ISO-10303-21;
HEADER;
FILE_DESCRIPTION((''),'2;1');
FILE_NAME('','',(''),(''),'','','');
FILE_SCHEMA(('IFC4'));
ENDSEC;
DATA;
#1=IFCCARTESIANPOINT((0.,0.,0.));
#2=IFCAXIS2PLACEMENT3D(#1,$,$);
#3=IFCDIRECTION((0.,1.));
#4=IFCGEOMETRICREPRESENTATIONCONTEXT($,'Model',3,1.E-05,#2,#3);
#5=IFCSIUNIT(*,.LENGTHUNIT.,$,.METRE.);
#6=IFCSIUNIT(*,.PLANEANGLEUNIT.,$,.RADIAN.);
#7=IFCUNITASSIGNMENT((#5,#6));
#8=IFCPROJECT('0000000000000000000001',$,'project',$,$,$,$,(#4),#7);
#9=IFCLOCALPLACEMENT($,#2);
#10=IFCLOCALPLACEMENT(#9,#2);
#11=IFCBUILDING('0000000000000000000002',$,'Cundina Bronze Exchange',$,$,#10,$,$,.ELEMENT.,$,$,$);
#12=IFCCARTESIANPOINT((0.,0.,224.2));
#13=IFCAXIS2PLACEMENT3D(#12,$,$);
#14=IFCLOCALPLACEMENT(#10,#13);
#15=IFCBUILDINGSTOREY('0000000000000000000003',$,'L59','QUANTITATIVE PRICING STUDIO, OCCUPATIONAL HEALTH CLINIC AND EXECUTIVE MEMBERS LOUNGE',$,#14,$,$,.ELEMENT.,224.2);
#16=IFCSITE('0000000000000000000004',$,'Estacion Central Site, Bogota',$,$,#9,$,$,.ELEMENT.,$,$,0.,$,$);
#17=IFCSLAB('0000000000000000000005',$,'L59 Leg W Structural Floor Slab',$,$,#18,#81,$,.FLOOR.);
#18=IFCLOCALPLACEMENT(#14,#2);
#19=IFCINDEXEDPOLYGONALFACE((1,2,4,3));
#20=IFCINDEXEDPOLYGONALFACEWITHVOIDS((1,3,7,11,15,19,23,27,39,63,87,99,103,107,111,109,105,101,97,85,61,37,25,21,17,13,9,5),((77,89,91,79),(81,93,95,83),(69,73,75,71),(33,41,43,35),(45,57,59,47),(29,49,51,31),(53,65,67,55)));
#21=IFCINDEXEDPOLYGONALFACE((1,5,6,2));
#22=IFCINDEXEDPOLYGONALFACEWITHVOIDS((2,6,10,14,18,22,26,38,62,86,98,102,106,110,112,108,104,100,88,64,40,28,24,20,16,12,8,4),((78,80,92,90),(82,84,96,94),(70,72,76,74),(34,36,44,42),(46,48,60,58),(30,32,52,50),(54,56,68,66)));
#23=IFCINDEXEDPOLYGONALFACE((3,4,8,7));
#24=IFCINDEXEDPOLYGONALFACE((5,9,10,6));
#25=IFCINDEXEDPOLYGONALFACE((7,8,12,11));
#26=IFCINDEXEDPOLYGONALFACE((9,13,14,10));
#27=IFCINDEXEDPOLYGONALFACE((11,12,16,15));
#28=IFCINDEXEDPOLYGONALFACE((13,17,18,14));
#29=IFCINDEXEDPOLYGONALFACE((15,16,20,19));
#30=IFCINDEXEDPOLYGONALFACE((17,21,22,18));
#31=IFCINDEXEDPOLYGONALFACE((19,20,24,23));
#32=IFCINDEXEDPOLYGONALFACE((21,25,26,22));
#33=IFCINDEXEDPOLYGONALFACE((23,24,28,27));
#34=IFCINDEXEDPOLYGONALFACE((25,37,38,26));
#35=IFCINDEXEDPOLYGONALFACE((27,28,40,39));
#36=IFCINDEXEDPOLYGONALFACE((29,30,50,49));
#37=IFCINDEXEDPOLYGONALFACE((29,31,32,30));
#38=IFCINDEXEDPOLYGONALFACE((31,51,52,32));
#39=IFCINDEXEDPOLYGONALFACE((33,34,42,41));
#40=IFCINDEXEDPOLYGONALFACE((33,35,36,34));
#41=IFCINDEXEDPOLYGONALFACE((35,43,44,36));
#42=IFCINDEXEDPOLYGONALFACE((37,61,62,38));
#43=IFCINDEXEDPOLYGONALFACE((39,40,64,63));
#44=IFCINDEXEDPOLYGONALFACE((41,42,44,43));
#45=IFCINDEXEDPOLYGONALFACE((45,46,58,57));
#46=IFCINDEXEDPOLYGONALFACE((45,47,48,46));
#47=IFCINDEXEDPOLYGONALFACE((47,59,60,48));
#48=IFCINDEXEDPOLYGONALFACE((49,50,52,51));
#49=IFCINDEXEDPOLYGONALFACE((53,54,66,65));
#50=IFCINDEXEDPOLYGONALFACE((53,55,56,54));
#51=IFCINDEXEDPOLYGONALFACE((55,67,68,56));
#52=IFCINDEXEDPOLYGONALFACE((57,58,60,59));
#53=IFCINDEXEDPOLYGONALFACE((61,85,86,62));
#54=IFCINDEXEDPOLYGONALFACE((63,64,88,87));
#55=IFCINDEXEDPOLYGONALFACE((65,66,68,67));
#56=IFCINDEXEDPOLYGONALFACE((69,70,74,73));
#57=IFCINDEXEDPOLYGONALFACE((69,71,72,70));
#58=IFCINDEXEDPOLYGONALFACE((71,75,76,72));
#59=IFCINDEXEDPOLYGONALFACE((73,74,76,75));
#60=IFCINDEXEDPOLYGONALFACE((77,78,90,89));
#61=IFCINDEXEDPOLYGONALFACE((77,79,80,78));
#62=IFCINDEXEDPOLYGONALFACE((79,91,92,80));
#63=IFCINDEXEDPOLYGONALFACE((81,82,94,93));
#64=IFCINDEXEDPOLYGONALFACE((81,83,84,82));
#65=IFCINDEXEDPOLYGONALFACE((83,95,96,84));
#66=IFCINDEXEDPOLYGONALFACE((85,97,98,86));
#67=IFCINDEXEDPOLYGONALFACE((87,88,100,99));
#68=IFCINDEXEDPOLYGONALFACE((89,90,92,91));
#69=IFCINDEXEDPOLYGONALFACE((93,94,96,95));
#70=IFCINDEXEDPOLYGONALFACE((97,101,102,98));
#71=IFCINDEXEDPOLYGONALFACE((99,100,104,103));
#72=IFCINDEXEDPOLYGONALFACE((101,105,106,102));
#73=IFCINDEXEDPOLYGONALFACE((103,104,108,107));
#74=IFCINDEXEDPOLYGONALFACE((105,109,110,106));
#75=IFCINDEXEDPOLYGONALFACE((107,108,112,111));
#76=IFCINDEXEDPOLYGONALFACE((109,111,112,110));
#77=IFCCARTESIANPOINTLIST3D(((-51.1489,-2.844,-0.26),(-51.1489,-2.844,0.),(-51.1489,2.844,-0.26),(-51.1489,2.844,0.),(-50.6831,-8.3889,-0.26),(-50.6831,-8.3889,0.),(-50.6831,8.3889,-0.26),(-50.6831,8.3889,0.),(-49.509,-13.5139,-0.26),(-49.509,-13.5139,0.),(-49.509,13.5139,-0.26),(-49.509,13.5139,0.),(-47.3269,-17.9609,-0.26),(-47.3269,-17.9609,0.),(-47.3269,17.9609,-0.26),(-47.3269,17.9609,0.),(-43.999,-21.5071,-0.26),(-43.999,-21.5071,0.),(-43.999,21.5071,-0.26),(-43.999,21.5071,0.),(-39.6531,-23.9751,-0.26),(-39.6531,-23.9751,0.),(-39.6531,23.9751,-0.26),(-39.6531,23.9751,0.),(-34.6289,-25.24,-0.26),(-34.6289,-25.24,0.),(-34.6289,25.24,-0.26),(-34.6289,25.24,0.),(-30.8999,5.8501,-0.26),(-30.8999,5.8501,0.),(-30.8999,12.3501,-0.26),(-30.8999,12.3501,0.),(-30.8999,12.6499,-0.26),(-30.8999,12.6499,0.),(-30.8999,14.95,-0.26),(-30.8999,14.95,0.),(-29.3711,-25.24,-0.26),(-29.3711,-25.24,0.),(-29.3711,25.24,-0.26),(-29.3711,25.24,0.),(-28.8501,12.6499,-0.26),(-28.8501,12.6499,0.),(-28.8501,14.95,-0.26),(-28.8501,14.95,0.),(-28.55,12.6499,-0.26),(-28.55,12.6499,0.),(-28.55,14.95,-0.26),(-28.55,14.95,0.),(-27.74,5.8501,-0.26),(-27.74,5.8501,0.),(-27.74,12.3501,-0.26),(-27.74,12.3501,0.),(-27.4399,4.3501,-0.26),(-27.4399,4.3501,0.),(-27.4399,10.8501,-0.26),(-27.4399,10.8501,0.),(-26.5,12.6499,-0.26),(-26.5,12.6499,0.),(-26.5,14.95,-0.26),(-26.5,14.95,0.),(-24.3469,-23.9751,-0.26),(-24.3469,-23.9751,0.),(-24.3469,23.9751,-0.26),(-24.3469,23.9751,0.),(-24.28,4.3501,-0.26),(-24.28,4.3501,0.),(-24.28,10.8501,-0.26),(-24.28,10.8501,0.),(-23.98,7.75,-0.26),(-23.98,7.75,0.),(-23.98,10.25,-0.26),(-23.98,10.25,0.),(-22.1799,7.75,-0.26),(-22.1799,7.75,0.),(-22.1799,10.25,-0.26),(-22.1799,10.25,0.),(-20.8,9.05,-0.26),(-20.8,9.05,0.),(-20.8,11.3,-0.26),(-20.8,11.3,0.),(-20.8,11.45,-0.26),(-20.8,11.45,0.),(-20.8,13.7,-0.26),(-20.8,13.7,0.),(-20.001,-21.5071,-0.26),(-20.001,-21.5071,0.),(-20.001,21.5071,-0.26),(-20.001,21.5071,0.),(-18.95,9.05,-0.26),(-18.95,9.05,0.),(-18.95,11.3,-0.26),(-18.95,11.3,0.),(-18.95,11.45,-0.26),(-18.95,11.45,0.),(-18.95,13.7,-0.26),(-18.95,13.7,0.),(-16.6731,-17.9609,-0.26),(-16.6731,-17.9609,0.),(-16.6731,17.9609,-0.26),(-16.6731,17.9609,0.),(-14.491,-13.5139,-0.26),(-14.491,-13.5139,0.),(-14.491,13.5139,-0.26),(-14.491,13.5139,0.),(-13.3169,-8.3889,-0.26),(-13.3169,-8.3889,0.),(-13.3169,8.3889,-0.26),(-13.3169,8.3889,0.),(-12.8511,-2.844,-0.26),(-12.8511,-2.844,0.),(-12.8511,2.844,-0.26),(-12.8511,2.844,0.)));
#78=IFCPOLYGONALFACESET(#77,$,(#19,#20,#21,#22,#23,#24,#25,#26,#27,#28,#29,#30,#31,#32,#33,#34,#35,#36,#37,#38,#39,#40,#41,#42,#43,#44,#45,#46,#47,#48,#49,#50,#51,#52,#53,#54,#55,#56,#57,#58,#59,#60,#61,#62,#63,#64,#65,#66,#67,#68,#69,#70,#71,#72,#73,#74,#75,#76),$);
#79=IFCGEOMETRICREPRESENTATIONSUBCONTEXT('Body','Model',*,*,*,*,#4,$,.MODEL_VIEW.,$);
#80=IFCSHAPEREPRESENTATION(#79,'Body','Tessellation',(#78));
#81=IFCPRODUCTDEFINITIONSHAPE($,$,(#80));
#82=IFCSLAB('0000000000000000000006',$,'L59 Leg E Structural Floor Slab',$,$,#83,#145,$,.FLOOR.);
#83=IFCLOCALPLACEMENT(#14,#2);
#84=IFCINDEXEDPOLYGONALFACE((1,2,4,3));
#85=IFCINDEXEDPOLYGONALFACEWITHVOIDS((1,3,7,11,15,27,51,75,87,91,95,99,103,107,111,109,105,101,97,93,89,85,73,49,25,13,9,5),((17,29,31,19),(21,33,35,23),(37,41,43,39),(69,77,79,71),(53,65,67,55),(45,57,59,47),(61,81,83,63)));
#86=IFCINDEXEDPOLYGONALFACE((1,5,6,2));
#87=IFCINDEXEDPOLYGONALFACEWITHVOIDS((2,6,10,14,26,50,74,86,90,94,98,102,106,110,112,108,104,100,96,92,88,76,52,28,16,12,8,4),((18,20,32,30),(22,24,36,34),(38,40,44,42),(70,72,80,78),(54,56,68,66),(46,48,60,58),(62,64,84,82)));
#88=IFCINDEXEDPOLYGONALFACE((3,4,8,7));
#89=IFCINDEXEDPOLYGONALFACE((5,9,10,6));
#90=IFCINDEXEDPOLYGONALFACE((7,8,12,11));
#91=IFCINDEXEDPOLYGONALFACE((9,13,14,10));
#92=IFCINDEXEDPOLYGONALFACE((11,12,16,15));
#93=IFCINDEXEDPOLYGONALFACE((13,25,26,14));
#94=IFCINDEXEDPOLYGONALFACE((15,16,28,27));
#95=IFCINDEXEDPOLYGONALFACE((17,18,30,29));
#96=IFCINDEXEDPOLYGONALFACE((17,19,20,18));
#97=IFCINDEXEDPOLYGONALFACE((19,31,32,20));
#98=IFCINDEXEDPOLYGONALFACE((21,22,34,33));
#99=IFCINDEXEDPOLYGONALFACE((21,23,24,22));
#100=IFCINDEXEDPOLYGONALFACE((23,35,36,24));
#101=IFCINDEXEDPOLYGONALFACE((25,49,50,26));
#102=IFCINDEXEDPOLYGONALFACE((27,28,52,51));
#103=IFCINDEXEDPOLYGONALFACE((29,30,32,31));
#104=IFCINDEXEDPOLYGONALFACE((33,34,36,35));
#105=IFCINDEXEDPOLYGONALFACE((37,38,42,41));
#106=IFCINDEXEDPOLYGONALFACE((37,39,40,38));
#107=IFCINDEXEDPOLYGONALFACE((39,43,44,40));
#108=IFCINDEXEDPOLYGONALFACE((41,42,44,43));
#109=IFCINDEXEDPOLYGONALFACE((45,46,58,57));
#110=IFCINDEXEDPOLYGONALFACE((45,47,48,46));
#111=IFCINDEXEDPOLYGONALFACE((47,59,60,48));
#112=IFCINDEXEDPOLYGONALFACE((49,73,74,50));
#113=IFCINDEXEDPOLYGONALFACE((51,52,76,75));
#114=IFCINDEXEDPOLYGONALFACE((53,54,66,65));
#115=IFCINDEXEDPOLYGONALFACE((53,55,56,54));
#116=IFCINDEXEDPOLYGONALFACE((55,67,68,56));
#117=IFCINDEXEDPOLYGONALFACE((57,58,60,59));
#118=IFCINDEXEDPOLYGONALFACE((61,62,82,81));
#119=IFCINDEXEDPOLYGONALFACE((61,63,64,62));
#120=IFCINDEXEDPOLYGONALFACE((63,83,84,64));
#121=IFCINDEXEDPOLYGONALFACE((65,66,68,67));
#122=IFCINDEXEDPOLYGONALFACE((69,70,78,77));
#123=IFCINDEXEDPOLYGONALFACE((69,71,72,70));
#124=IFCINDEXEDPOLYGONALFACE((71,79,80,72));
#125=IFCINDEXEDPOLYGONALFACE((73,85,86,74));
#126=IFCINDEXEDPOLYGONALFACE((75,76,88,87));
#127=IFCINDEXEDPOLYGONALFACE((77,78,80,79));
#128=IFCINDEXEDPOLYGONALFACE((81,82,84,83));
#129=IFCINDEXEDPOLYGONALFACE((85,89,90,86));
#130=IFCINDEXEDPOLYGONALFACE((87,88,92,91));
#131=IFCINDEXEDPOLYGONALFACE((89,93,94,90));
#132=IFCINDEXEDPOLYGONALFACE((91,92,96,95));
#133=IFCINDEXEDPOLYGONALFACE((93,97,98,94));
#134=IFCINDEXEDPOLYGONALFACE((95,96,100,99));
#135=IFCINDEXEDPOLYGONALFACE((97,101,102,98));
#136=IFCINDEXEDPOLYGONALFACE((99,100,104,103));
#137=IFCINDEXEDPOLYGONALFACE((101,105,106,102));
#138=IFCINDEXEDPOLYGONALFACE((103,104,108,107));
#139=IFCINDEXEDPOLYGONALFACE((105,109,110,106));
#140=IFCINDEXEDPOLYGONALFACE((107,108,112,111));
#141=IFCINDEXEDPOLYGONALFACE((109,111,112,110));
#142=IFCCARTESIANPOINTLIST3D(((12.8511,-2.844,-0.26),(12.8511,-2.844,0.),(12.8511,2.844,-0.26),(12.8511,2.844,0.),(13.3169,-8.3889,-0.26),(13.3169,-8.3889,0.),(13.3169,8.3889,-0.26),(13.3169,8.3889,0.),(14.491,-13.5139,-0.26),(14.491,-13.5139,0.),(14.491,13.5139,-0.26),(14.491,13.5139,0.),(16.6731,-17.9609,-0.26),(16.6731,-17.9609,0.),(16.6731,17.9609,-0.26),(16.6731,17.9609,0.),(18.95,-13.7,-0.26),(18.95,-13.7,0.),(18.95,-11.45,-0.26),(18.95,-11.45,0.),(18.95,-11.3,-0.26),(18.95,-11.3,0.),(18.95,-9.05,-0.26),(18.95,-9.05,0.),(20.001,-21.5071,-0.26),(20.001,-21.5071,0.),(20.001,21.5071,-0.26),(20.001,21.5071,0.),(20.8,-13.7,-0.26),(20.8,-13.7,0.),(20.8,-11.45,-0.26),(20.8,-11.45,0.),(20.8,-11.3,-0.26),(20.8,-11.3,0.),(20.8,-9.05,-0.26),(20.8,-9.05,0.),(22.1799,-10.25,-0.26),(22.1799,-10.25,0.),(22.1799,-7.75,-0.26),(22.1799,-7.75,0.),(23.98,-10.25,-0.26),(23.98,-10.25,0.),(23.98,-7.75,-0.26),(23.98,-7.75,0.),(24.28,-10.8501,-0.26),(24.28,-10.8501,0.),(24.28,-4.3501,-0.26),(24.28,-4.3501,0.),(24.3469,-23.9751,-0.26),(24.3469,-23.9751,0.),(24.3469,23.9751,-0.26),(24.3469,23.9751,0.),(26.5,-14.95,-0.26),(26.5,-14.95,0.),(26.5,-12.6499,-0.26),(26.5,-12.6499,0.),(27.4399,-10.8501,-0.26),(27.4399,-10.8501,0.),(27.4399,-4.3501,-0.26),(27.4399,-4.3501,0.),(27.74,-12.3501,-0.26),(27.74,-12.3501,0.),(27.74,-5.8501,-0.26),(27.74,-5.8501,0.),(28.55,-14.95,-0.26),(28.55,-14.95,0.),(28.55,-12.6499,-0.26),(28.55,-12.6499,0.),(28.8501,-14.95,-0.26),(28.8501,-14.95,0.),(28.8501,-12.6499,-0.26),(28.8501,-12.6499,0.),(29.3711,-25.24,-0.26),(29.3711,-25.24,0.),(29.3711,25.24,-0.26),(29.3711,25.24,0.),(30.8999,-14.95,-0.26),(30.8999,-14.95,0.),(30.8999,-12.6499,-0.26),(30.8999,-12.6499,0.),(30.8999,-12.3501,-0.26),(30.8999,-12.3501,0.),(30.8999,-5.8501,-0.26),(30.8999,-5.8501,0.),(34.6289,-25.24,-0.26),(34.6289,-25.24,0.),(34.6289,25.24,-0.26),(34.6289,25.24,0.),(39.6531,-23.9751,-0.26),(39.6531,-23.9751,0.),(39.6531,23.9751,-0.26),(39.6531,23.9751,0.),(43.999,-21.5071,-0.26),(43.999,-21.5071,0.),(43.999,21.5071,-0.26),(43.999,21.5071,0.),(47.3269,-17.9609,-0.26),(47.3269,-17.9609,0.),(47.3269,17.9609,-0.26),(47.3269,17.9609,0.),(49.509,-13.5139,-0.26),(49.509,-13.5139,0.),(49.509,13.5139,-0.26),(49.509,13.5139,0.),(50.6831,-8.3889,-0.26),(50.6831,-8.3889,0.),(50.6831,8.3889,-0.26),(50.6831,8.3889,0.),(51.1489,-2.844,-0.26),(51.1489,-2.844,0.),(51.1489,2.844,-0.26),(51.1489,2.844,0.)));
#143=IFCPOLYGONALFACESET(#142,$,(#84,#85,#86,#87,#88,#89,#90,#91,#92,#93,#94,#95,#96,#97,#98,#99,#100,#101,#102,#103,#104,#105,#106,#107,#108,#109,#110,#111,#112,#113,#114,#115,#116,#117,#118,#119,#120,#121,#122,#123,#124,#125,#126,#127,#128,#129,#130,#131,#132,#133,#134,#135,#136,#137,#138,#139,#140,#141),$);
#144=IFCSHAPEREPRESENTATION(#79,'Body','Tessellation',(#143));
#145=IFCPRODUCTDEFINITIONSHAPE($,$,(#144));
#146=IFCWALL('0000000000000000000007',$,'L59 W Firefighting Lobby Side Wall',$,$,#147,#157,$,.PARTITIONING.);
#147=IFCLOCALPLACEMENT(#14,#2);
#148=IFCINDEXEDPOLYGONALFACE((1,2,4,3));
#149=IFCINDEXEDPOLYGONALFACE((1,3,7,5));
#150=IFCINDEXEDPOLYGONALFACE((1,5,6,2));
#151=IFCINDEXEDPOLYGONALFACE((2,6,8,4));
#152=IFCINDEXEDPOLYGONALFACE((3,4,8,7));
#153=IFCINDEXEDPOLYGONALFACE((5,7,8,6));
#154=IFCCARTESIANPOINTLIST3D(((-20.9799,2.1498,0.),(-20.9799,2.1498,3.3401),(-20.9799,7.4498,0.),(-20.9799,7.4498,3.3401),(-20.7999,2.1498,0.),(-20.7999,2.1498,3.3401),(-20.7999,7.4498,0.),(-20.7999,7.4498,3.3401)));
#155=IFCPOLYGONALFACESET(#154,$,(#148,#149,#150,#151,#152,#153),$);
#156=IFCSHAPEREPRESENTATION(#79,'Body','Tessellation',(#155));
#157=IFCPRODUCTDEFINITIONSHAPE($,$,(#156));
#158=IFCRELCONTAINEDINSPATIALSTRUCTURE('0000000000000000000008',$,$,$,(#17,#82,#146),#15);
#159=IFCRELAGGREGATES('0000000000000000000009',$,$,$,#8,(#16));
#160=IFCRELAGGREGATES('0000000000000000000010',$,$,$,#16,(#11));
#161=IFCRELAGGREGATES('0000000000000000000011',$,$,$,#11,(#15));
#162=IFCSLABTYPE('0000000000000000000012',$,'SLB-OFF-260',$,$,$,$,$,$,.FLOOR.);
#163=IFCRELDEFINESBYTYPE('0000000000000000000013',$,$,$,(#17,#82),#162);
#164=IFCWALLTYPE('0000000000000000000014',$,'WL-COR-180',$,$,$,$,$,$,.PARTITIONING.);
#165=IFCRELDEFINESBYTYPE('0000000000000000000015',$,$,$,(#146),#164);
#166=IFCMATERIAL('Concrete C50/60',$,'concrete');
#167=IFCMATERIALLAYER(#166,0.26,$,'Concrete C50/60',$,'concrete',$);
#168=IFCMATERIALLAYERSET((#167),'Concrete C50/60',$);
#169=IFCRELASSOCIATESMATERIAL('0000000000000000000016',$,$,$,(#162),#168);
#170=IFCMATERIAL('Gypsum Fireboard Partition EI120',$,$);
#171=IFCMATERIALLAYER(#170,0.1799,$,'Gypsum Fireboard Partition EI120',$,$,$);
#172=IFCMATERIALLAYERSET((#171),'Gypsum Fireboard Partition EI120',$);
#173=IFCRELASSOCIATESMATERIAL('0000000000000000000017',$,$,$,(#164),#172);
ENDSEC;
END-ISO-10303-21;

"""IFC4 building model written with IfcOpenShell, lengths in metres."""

from ifc_helpers import new_model, si_unit, direction, frame, frame_2d, origin, place, context, subcontext, project, spatial, polyline, rectangle, outline, extrude, material, layer, layer_set, type_object, element, save


model = new_model("IFC4")

# Units and contexts
model_context = context("Model", 3, precision=1e-05, world=origin(), true_north=direction((0.0, 1.0)))
body_context = subcontext(model_context, "Body", "Model", "MODEL_VIEW")
ifc_project = project(units=[si_unit("LENGTHUNIT", "METRE"), si_unit("PLANEANGLEUNIT", "RADIAN")], contexts=[model_context])

# Site, building, storey
site_placement = place(None, origin())
site = spatial("IfcSite", under=ifc_project, at=site_placement, Name="Estacion Central Site, Bogota", CompositionType="ELEMENT", RefElevation=0.0)
building_placement = place(site_placement, origin())
building = spatial("IfcBuilding", under=site, at=building_placement, Name="Cundina Bronze Exchange", CompositionType="ELEMENT")
storey_placement = place(building_placement, frame((0.0, 0.0, 224.2)))
storey = spatial("IfcBuildingStorey", under=building, at=storey_placement, Name="L59", Description="QUANTITATIVE PRICING STUDIO, OCCUPATIONAL HEALTH CLINIC AND EXECUTIVE MEMBERS LOUNGE", CompositionType="ELEMENT", Elevation=224.2)

# Shared definitions
ifc_material_1 = material(Name="Concrete C50/60", Category="concrete")

# Slabs
ifc_layer_1 = layer(ifc_material_1, 0.26, Name="Concrete C50/60", Category="concrete")
ifc_layer_set_1 = layer_set([ifc_layer_1], Name="Concrete C50/60")
slab_type = type_object("IfcSlabType", Name="SLB-OFF-260", PredefinedType="FLOOR", material=ifc_layer_set_1)
slab_1_placement = place(storey_placement, frame((0.0, 0.0, -0.26)))
element("IfcSlab", 1, at=slab_1_placement, inside=storey, type_object=slab_type, Name="L59 Leg W Structural Floor Slab", PredefinedType="FLOOR", context=body_context, shape_type="SweptSolid", body=[
    extrude(outline(polyline([(-12.8511, 2.844), (-13.3169, 8.3889), (-14.491, 13.5139), (-16.6731, 17.9609), (-20.001, 21.5071), (-24.3469, 23.9751), (-29.3711, 25.24), (-34.6289, 25.24), (-39.6531, 23.9751), (-43.999, 21.5071), (-47.3269, 17.9609), (-49.509, 13.5139), (-50.6831, 8.3889), (-51.1489, 2.844), (-51.1489, -2.844), (-50.6831, -8.3889), (-49.509, -13.5139), (-47.3269, -17.9609), (-43.999, -21.5071), (-39.6531, -23.9751), (-34.6289, -25.24), (-29.3711, -25.24), (-24.3469, -23.9751), (-20.001, -21.5071), (-16.6731, -17.9609), (-14.491, -13.5139), (-13.3169, -8.3889), (-12.8511, -2.844), (-12.8511, 2.844)]), holes=[polyline([(-27.74, 5.8501), (-27.74, 12.3501), (-30.8999, 12.3501), (-30.8999, 5.8501), (-27.74, 5.8501)]), polyline([(-27.4399, 10.8501), (-27.4399, 4.3501), (-24.28, 4.3501), (-24.28, 10.8501), (-27.4399, 10.8501)]), polyline([(-23.98, 10.25), (-22.1799, 10.25), (-22.1799, 7.75), (-23.98, 7.75), (-23.98, 10.25)]), polyline([(-30.8999, 14.95), (-28.8501, 14.95), (-28.8501, 12.6499), (-30.8999, 12.6499), (-30.8999, 14.95)]), polyline([(-28.55, 14.95), (-26.5, 14.95), (-26.5, 12.6499), (-28.55, 12.6499), (-28.55, 14.95)]), polyline([(-20.8, 13.7), (-18.95, 13.7), (-18.95, 11.45), (-20.8, 11.45), (-20.8, 13.7)]), polyline([(-20.8, 11.3), (-18.95, 11.3), (-18.95, 9.05), (-20.8, 9.05), (-20.8, 11.3)])]), origin(), (0.0, 0.0, 1.0), 0.26),
])
slab_2_placement = place(storey_placement, frame((0.0, 0.0, -0.26)))
element("IfcSlab", 2, at=slab_2_placement, inside=storey, type_object=slab_type, Name="L59 Leg E Structural Floor Slab", PredefinedType="FLOOR", context=body_context, shape_type="SweptSolid", body=[
    extrude(outline(polyline([(51.1489, 2.844), (50.6831, 8.3889), (49.509, 13.5139), (47.3269, 17.9609), (43.999, 21.5071), (39.6531, 23.9751), (34.6289, 25.24), (29.3711, 25.24), (24.3469, 23.9751), (20.001, 21.5071), (16.6731, 17.9609), (14.491, 13.5139), (13.3169, 8.3889), (12.8511, 2.844), (12.8511, -2.844), (13.3169, -8.3889), (14.491, -13.5139), (16.6731, -17.9609), (20.001, -21.5071), (24.3469, -23.9751), (29.3711, -25.24), (34.6289, -25.24), (39.6531, -23.9751), (43.999, -21.5071), (47.3269, -17.9609), (49.509, -13.5139), (50.6831, -8.3889), (51.1489, -2.844), (51.1489, 2.844)]), holes=[polyline([(27.74, -5.8501), (27.74, -12.3501), (30.8999, -12.3501), (30.8999, -5.8501), (27.74, -5.8501)]), polyline([(27.4399, -10.8501), (27.4399, -4.3501), (24.28, -4.3501), (24.28, -10.8501), (27.4399, -10.8501)]), polyline([(22.1799, -7.75), (23.98, -7.75), (23.98, -10.25), (22.1799, -10.25), (22.1799, -7.75)]), polyline([(28.8501, -12.6499), (30.8999, -12.6499), (30.8999, -14.95), (28.8501, -14.95), (28.8501, -12.6499)]), polyline([(26.5, -12.6499), (28.55, -12.6499), (28.55, -14.95), (26.5, -14.95), (26.5, -12.6499)]), polyline([(18.95, -11.45), (20.8, -11.45), (20.8, -13.7), (18.95, -13.7), (18.95, -11.45)]), polyline([(18.95, -9.05), (20.8, -9.05), (20.8, -11.3), (18.95, -11.3), (18.95, -9.05)])]), origin(), (0.0, 0.0, 1.0), 0.26),
])

# Wall
ifc_material_2 = material(Name="Gypsum Fireboard Partition EI120")
ifc_layer_2 = layer(ifc_material_2, 0.1799, Name="Gypsum Fireboard Partition EI120")
ifc_layer_set_2 = layer_set([ifc_layer_2], Name="Gypsum Fireboard Partition EI120")
wall_type_1 = type_object("IfcWallType", Name="WL-COR-180", PredefinedType="PARTITIONING", material=ifc_layer_set_2)
wall_1_placement = place(storey_placement, frame((-20.8899, 2.1499, 0.0), z_axis=(0.0, 0.0, 1.0), x_axis=(0.0, 1.0, 0.0)))
element("IfcWall", 3, at=wall_1_placement, inside=storey, type_object=wall_type_1, Name="L59 W Firefighting Lobby Side Wall", PredefinedType="PARTITIONING", context=body_context, shape_type="SweptSolid", body=[
    extrude(rectangle(XDim=5.3, YDim=0.1799, at=frame_2d((2.6499, 0.0))), origin(), (0.0, 0.0, 1.0), 3.3401),
])

save(model, "model.ifc")
